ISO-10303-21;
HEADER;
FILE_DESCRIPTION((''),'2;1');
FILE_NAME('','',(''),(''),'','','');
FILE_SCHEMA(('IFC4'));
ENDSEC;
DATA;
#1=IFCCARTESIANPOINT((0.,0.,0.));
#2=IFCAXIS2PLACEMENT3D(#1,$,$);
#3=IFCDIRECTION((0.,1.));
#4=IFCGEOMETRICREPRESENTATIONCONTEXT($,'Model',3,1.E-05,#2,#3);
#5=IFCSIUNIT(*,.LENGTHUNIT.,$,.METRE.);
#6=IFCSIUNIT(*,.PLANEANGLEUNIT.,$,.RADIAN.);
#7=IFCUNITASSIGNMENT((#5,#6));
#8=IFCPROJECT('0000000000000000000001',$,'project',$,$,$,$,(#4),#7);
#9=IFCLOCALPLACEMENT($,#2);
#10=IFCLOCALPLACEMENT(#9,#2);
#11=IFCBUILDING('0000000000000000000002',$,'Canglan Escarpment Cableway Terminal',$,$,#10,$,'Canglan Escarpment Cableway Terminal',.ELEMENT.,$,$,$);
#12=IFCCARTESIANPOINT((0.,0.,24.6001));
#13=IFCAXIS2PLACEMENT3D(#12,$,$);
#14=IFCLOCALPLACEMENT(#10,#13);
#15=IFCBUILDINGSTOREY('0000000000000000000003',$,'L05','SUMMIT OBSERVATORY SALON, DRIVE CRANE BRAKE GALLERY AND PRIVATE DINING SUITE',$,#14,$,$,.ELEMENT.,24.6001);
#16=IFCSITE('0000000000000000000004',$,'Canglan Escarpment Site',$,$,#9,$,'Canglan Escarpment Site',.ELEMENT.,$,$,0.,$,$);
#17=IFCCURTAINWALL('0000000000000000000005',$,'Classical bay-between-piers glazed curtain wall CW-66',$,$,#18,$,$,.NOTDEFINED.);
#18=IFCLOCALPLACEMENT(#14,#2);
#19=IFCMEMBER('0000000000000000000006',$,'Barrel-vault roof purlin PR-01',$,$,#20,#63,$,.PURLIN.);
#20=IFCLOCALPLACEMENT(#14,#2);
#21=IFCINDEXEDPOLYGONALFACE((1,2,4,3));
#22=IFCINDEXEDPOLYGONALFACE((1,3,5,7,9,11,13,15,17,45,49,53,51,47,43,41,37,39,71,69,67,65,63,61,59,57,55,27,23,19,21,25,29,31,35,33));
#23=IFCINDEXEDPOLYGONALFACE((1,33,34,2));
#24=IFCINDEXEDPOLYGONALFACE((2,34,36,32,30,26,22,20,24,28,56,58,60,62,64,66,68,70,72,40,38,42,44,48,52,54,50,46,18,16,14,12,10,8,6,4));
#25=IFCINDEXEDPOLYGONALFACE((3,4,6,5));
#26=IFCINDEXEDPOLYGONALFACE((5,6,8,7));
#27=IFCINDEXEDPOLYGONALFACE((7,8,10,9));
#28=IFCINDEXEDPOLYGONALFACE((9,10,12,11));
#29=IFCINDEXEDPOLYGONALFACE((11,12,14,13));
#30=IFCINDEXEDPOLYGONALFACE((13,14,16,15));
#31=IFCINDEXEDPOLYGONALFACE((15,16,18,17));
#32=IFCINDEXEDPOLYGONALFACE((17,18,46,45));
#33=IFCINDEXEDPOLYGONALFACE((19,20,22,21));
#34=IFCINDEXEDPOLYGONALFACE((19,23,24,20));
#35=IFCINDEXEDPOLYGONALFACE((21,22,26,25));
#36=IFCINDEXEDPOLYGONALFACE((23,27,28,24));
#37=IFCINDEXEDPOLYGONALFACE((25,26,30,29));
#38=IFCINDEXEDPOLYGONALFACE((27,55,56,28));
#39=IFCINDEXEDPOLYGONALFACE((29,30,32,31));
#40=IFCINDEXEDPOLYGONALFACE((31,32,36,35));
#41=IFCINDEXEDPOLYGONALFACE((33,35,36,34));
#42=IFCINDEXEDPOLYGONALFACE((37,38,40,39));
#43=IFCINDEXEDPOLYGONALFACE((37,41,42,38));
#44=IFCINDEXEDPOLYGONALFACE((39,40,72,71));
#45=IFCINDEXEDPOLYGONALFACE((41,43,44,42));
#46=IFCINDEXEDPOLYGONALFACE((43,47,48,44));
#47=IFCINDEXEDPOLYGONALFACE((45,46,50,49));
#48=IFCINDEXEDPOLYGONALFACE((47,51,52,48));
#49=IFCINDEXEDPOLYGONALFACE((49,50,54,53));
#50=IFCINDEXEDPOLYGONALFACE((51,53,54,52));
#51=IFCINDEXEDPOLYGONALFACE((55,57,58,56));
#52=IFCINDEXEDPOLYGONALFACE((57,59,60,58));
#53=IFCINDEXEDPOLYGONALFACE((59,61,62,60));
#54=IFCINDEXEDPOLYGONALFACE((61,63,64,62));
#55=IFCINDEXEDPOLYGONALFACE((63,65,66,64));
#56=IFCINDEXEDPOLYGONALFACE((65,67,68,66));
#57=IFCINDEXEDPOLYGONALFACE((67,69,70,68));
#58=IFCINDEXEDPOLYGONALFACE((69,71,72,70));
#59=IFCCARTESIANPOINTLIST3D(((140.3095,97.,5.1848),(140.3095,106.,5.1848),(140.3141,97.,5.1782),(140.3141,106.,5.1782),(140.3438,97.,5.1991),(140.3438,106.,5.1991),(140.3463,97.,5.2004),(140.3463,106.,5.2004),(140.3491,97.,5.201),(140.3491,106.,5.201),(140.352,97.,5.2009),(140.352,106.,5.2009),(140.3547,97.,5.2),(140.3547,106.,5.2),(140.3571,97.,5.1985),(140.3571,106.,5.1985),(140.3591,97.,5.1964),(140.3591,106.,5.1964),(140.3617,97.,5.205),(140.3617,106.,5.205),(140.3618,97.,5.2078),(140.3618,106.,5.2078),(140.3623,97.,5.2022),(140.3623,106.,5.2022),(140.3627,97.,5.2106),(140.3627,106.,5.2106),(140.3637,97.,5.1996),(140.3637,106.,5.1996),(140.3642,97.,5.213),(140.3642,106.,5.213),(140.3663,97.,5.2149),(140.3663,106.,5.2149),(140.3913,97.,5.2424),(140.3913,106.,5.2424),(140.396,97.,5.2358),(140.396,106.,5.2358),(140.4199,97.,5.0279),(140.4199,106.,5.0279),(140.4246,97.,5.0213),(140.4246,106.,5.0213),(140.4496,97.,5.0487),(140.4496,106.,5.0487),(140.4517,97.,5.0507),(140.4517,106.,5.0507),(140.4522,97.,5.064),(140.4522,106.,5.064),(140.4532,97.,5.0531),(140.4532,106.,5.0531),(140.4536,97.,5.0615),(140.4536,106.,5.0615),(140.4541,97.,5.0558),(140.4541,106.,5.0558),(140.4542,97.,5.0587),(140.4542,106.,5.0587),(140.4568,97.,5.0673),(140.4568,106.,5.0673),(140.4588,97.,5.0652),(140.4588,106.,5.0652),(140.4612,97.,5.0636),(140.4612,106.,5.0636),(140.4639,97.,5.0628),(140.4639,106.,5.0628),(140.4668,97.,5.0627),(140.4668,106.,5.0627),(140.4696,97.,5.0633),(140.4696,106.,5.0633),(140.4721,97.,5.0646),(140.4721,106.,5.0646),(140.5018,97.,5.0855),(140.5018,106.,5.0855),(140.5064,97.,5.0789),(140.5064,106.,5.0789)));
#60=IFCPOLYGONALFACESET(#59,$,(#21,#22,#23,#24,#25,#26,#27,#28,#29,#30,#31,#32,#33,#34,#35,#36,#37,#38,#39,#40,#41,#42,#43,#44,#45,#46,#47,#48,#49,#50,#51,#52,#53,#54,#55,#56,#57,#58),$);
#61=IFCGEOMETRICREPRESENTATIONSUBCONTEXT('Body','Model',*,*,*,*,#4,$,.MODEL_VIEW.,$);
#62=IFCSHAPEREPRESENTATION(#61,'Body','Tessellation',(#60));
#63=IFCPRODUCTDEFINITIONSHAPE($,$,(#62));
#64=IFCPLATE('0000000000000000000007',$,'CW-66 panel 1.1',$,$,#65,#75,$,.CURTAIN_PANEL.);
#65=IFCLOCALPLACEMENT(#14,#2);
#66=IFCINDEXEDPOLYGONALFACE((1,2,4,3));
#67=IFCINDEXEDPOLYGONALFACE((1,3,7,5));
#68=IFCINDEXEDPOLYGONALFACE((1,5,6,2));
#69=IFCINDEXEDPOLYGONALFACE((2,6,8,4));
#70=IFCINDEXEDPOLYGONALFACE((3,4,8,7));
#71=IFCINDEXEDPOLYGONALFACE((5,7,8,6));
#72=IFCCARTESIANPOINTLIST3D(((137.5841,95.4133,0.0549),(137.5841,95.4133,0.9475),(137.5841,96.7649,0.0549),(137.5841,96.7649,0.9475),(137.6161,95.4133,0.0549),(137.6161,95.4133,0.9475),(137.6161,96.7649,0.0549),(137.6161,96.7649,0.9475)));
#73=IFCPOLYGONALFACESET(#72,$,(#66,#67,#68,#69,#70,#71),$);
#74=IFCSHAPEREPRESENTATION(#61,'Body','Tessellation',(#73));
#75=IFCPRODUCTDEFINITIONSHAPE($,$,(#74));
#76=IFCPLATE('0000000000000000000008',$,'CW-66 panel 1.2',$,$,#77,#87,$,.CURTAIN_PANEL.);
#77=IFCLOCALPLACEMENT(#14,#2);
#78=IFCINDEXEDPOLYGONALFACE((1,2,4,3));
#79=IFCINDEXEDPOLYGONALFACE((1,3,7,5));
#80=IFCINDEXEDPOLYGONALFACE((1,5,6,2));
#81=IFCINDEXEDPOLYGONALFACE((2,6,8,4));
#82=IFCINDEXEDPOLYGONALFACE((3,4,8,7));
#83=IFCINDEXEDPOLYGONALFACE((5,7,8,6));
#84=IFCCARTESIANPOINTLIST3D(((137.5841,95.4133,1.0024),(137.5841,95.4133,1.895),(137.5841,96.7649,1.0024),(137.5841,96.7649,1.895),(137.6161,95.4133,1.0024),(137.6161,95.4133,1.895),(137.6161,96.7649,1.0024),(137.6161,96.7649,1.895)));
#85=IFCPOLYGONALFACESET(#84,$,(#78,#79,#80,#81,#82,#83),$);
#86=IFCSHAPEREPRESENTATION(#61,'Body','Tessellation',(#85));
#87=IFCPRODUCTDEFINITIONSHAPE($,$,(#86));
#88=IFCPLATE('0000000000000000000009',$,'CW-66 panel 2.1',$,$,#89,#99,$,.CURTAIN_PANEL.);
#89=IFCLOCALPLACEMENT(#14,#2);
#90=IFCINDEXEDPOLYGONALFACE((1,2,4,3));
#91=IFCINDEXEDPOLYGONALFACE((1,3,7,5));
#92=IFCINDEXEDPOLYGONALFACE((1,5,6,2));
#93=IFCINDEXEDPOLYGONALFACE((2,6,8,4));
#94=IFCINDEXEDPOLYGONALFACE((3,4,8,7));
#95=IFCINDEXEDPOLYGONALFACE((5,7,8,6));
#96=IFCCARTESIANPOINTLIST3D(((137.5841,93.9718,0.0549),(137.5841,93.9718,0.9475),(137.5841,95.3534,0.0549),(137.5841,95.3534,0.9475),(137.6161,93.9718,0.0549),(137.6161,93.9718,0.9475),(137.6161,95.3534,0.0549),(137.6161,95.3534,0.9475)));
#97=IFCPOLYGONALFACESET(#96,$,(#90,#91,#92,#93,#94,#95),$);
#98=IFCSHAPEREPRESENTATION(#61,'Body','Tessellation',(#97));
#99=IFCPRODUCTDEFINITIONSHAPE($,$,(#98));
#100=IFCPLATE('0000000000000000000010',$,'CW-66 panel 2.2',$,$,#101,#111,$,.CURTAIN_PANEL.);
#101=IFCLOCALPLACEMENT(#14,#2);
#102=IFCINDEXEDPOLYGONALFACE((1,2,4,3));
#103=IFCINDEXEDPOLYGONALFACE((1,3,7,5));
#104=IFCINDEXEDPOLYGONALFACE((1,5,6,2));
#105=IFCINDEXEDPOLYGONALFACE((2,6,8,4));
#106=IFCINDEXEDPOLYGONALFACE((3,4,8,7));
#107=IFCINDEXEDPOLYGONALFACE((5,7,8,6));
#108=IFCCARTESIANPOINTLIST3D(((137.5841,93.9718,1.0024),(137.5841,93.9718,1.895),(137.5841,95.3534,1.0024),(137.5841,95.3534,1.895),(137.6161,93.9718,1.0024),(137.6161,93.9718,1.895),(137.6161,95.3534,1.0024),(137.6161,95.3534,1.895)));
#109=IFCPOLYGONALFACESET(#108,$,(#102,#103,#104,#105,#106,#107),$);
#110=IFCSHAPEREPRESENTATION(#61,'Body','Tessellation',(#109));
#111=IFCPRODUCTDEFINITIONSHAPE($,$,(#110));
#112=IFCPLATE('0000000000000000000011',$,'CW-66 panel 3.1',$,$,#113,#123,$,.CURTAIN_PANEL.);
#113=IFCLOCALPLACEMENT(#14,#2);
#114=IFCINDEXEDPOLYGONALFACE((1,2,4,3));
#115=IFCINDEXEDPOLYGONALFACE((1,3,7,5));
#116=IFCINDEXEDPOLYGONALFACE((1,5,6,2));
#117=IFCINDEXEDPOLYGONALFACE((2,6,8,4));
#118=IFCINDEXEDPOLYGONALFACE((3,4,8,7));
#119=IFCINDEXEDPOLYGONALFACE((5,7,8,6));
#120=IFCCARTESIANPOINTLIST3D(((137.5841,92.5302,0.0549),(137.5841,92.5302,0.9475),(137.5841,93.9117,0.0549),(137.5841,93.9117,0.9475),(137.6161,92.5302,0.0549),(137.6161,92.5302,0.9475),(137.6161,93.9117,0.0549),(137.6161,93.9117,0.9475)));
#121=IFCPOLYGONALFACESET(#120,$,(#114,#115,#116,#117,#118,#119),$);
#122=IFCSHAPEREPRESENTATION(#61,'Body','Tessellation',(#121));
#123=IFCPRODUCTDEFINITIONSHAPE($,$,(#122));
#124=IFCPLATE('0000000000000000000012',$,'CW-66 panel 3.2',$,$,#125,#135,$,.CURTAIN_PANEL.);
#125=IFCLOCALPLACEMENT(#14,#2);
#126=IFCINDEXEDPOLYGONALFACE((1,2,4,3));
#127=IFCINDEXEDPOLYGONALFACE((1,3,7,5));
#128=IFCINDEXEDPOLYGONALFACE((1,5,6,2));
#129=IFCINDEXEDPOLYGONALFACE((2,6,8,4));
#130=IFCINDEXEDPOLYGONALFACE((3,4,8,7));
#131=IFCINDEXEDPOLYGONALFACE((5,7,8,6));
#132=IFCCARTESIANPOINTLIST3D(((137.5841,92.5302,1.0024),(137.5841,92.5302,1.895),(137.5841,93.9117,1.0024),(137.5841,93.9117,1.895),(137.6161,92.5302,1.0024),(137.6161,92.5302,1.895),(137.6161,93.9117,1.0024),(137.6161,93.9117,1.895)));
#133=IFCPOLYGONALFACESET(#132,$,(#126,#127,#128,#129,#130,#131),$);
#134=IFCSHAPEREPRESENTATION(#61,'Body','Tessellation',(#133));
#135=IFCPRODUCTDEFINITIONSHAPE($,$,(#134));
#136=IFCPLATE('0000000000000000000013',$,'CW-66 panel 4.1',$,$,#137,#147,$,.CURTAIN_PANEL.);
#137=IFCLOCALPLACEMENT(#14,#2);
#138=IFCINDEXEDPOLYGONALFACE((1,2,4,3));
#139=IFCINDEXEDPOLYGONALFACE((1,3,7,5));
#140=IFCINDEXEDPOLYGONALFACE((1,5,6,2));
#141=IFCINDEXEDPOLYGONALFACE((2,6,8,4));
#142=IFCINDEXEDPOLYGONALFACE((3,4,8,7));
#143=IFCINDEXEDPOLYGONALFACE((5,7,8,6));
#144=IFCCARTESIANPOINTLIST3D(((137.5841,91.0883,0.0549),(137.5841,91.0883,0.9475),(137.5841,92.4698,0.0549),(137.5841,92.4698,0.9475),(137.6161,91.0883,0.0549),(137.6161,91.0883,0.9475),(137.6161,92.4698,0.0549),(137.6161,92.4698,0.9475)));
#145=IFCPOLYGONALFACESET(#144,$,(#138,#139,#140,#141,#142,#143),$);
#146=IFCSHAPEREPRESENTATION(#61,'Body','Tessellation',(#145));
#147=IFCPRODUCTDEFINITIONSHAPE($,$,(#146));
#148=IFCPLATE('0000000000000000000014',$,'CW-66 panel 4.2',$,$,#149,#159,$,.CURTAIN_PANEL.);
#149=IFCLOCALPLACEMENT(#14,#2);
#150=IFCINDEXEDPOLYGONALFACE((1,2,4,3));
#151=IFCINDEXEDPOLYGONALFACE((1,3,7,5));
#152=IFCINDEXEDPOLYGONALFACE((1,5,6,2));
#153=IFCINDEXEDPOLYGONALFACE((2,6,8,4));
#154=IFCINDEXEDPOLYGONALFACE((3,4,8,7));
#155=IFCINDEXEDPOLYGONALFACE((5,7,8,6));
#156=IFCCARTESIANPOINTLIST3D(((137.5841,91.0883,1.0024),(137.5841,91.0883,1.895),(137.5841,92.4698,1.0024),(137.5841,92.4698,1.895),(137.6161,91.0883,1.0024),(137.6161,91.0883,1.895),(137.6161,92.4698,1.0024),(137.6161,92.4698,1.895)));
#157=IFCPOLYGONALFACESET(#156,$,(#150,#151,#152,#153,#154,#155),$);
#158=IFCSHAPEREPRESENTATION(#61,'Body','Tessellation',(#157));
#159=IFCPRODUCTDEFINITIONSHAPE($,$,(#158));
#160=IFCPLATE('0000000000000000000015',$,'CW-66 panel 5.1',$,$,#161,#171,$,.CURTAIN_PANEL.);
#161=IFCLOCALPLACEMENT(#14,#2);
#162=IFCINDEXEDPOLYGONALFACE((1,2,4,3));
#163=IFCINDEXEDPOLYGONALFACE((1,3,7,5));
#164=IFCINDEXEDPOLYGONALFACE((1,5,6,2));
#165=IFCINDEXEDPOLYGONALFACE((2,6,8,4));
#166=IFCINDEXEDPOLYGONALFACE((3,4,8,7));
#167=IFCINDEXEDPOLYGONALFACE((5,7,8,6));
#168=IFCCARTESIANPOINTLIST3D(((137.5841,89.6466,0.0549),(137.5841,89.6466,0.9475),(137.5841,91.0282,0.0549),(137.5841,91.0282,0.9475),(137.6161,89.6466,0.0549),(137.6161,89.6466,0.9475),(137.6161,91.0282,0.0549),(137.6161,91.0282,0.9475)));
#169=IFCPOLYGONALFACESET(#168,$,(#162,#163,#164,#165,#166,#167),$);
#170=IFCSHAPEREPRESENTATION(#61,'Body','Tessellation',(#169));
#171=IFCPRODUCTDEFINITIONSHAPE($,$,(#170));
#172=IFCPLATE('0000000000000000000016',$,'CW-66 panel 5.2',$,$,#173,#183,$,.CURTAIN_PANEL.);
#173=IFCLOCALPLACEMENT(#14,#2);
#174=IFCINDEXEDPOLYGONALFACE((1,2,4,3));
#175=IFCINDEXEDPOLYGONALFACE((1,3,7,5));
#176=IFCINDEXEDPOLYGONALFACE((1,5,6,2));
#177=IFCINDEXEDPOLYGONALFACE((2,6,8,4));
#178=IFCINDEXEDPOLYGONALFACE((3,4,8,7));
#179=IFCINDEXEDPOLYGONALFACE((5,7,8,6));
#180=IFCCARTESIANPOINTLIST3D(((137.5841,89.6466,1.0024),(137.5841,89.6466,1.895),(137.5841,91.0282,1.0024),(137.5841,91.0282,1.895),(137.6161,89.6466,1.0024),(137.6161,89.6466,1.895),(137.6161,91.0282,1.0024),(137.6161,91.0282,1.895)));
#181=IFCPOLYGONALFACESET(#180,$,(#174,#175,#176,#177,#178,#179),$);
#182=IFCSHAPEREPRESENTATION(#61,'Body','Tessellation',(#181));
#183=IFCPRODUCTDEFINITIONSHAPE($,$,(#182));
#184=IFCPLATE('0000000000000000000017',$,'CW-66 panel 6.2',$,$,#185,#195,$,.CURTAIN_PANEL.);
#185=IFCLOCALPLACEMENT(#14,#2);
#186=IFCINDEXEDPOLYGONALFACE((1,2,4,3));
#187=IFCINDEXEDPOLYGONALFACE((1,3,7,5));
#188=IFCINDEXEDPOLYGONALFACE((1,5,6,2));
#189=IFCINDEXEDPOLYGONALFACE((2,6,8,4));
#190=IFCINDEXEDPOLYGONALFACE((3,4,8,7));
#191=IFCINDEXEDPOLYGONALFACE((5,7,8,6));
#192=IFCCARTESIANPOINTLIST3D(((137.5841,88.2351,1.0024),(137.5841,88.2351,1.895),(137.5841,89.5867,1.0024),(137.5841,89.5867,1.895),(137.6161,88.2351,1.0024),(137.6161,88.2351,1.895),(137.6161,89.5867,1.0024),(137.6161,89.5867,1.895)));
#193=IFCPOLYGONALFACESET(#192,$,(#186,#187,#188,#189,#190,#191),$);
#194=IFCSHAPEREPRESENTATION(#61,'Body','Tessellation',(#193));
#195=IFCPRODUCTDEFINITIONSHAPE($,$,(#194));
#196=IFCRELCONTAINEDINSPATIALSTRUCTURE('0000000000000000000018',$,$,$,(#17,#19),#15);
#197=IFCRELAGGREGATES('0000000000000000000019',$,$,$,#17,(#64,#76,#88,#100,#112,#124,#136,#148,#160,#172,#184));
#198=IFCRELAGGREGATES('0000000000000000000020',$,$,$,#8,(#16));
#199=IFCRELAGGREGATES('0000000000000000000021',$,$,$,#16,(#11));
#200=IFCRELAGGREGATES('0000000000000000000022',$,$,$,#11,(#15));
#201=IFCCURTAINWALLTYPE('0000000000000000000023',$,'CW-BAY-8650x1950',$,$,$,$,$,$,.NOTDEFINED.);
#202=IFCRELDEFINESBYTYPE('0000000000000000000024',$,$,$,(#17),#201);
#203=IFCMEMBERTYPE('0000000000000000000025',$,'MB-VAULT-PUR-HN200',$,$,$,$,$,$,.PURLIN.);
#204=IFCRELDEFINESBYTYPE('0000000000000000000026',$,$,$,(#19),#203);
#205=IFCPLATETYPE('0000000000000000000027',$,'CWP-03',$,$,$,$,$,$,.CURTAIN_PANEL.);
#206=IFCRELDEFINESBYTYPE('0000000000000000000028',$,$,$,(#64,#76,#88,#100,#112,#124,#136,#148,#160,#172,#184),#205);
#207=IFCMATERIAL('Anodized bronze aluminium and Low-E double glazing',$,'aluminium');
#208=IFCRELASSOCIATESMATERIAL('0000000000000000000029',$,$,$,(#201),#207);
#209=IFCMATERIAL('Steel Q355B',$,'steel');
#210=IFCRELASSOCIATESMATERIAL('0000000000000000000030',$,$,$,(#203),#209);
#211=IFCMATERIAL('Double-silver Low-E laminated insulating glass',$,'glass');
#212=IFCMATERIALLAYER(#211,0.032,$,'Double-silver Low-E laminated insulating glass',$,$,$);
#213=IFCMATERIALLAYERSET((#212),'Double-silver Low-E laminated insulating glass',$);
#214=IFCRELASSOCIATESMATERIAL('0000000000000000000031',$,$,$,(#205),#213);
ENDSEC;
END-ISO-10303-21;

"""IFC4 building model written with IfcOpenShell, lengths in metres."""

from ifc_helpers import new_model, si_unit, direction, frame, origin, origin_2d, place, context, subcontext, project, spatial, rectangle, i_section, extrude, material, layer, layer_set, material_profile, profile_set, type_object, element, aggregate, save


model = new_model("IFC4")

# Units and contexts
model_context = context("Model", 3, precision=1e-05, world=origin(), true_north=direction((0.0, 1.0)))
body_context = subcontext(model_context, "Body", "Model", "MODEL_VIEW")
ifc_project = project(units=[si_unit("LENGTHUNIT", "METRE"), si_unit("PLANEANGLEUNIT", "RADIAN")], contexts=[model_context])

# Site, building, storey
site_placement = place(None, origin())
site = spatial("IfcSite", under=ifc_project, at=site_placement, Name="Canglan Escarpment Site", LongName="Canglan Escarpment Site", CompositionType="ELEMENT", RefElevation=0.0)
building_placement = place(site_placement, origin())
building = spatial("IfcBuilding", under=site, at=building_placement, Name="Canglan Escarpment Cableway Terminal", LongName="Canglan Escarpment Cableway Terminal", CompositionType="ELEMENT")
storey_placement = place(building_placement, frame((0.0, 0.0, 24.6001)))
storey = spatial("IfcBuildingStorey", under=building, at=storey_placement, Name="L05", Description="SUMMIT OBSERVATORY SALON, DRIVE CRANE BRAKE GALLERY AND PRIVATE DINING SUITE", CompositionType="ELEMENT", Elevation=24.6001)

# Curtain wall
ifc_material_1 = material(Name="Anodized bronze aluminium and Low-E double glazing", Category="aluminium")
curtain_wall_type = type_object("IfcCurtainWallType", Name="CW-BAY-8650x1950", PredefinedType="NOTDEFINED", material=ifc_material_1)
curtain_wall_placement = place(storey_placement, origin())
curtain_wall = element("IfcCurtainWall", 1, at=curtain_wall_placement, inside=storey, type_object=curtain_wall_type, Name="Classical bay-between-piers glazed curtain wall CW-66", PredefinedType="NOTDEFINED")

# Member
ifc_material_2 = material(Name="Steel Q355B", Category="steel")
ifc_material_profile_1 = material_profile(ifc_material_2, i_section(OverallWidth=0.1001, OverallDepth=0.2, WebThickness=0.0056, FlangeThickness=0.0081, FilletRadius=0.011, at=origin_2d()), Name="HN 200x100x5.5x8")
ifc_profile_set_1 = profile_set([ifc_material_profile_1], Name="Steel Q355B")
member_type_1 = type_object("IfcMemberType", Name="MB-VAULT-PUR-HN200", PredefinedType="PURLIN", material=ifc_profile_set_1)
for number, where, z_axis, x_axis, name in (
    (2, (140.408, 97.0, 5.1318), (0.0, 1.0, 0.0), (-0.817728, 0.0, -0.575605), "Barrel-vault roof purlin PR-01"),
):
    element("IfcMember", number, at=place(storey_placement, frame(where, z_axis=z_axis, x_axis=x_axis)), inside=storey, type_object=member_type_1, Name=name, PredefinedType="PURLIN", context=body_context, shape_type="SweptSolid", body=[
        extrude(i_section(OverallWidth=0.1001, OverallDepth=0.2, WebThickness=0.0056, FlangeThickness=0.0081, FilletRadius=0.011, at=origin_2d()), origin(), (0.0, 0.0, 1.0), 9.0),
    ])

# Plates
ifc_material_3 = material(Name="Double-silver Low-E laminated insulating glass", Category="glass")
ifc_layer_1 = layer(ifc_material_3, 0.032, Name="Double-silver Low-E laminated insulating glass")
ifc_layer_set_1 = layer_set([ifc_layer_1], Name="Double-silver Low-E laminated insulating glass")
plate_type_1 = type_object("IfcPlateType", Name="CWP-03", PredefinedType="CURTAIN_PANEL", material=ifc_layer_set_1)
plate_1_placement = place(storey_placement, frame((137.6001, 96.0891, 0.0549), z_axis=(0.0, 0.0, 1.0), x_axis=(0.0, -1.0, 0.0)))
plate_1 = element("IfcPlate", 3, at=plate_1_placement, type_object=plate_type_1, Name="CW-66 panel 1.1", PredefinedType="CURTAIN_PANEL", context=body_context, shape_type="SweptSolid", body=[
    extrude(rectangle(XDim=1.3516, YDim=0.032, at=origin_2d()), origin(), (0.0, 0.0, 1.0), 0.8926),
])
plate_2_placement = place(storey_placement, frame((137.6001, 96.0891, 1.0024), z_axis=(0.0, 0.0, 1.0), x_axis=(0.0, -1.0, 0.0)))
plate_2 = element("IfcPlate", 4, at=plate_2_placement, type_object=plate_type_1, Name="CW-66 panel 1.2", PredefinedType="CURTAIN_PANEL", context=body_context, shape_type="SweptSolid", body=[
    extrude(rectangle(XDim=1.3516, YDim=0.032, at=origin_2d()), origin(), (0.0, 0.0, 1.0), 0.8926),
])
plate_3_placement = place(storey_placement, frame((137.6001, 94.6626, 0.0549), z_axis=(0.0, 0.0, 1.0), x_axis=(0.0, -1.0, 0.0)))
plate_3 = element("IfcPlate", 5, at=plate_3_placement, type_object=plate_type_1, Name="CW-66 panel 2.1", PredefinedType="CURTAIN_PANEL", context=body_context, shape_type="SweptSolid", body=[
    extrude(rectangle(XDim=1.3816, YDim=0.032, at=origin_2d()), origin(), (0.0, 0.0, 1.0), 0.8926),
])
plate_4_placement = place(storey_placement, frame((137.6001, 94.6626, 1.0024), z_axis=(0.0, 0.0, 1.0), x_axis=(0.0, -1.0, 0.0)))
plate_4 = element("IfcPlate", 6, at=plate_4_placement, type_object=plate_type_1, Name="CW-66 panel 2.2", PredefinedType="CURTAIN_PANEL", context=body_context, shape_type="SweptSolid", body=[
    extrude(rectangle(XDim=1.3816, YDim=0.032, at=origin_2d()), origin(), (0.0, 0.0, 1.0), 0.8926),
])
plate_5_placement = place(storey_placement, frame((137.6001, 93.2209, 0.0549), z_axis=(0.0, 0.0, 1.0), x_axis=(0.0, -1.0, 0.0)))
plate_5 = element("IfcPlate", 7, at=plate_5_placement, type_object=plate_type_1, Name="CW-66 panel 3.1", PredefinedType="CURTAIN_PANEL", context=body_context, shape_type="SweptSolid", body=[
    extrude(rectangle(XDim=1.3816, YDim=0.032, at=origin_2d()), origin(), (0.0, 0.0, 1.0), 0.8926),
])
plate_6_placement = place(storey_placement, frame((137.6001, 93.2209, 1.0024), z_axis=(0.0, 0.0, 1.0), x_axis=(0.0, -1.0, 0.0)))
plate_6 = element("IfcPlate", 8, at=plate_6_placement, type_object=plate_type_1, Name="CW-66 panel 3.2", PredefinedType="CURTAIN_PANEL", context=body_context, shape_type="SweptSolid", body=[
    extrude(rectangle(XDim=1.3816, YDim=0.032, at=origin_2d()), origin(), (0.0, 0.0, 1.0), 0.8926),
])
plate_7_placement = place(storey_placement, frame((137.6001, 91.7791, 0.0549), z_axis=(0.0, 0.0, 1.0), x_axis=(0.0, -1.0, 0.0)))
plate_7 = element("IfcPlate", 9, at=plate_7_placement, type_object=plate_type_1, Name="CW-66 panel 4.1", PredefinedType="CURTAIN_PANEL", context=body_context, shape_type="SweptSolid", body=[
    extrude(rectangle(XDim=1.3816, YDim=0.032, at=origin_2d()), origin(), (0.0, 0.0, 1.0), 0.8926),
])
plate_8_placement = place(storey_placement, frame((137.6001, 91.7791, 1.0024), z_axis=(0.0, 0.0, 1.0), x_axis=(0.0, -1.0, 0.0)))
plate_8 = element("IfcPlate", 10, at=plate_8_placement, type_object=plate_type_1, Name="CW-66 panel 4.2", PredefinedType="CURTAIN_PANEL", context=body_context, shape_type="SweptSolid", body=[
    extrude(rectangle(XDim=1.3816, YDim=0.032, at=origin_2d()), origin(), (0.0, 0.0, 1.0), 0.8926),
])
plate_9_placement = place(storey_placement, frame((137.6001, 90.3374, 0.0549), z_axis=(0.0, 0.0, 1.0), x_axis=(0.0, -1.0, 0.0)))
plate_9 = element("IfcPlate", 11, at=plate_9_placement, type_object=plate_type_1, Name="CW-66 panel 5.1", PredefinedType="CURTAIN_PANEL", context=body_context, shape_type="SweptSolid", body=[
    extrude(rectangle(XDim=1.3816, YDim=0.032, at=origin_2d()), origin(), (0.0, 0.0, 1.0), 0.8926),
])
plate_10_placement = place(storey_placement, frame((137.6001, 90.3374, 1.0024), z_axis=(0.0, 0.0, 1.0), x_axis=(0.0, -1.0, 0.0)))
plate_10 = element("IfcPlate", 12, at=plate_10_placement, type_object=plate_type_1, Name="CW-66 panel 5.2", PredefinedType="CURTAIN_PANEL", context=body_context, shape_type="SweptSolid", body=[
    extrude(rectangle(XDim=1.3816, YDim=0.032, at=origin_2d()), origin(), (0.0, 0.0, 1.0), 0.8926),
])
plate_11_placement = place(storey_placement, frame((137.6001, 88.9109, 1.0024), z_axis=(0.0, 0.0, 1.0), x_axis=(0.0, -1.0, 0.0)))
plate_11 = element("IfcPlate", 13, at=plate_11_placement, type_object=plate_type_1, Name="CW-66 panel 6.2", PredefinedType="CURTAIN_PANEL", context=body_context, shape_type="SweptSolid", body=[
    extrude(rectangle(XDim=1.3516, YDim=0.032, at=origin_2d()), origin(), (0.0, 0.0, 1.0), 0.8926),
])
aggregate(curtain_wall, [plate_1, plate_2, plate_3, plate_4, plate_5, plate_6, plate_7, plate_8, plate_9, plate_10, plate_11])

save(model, "model.ifc")
